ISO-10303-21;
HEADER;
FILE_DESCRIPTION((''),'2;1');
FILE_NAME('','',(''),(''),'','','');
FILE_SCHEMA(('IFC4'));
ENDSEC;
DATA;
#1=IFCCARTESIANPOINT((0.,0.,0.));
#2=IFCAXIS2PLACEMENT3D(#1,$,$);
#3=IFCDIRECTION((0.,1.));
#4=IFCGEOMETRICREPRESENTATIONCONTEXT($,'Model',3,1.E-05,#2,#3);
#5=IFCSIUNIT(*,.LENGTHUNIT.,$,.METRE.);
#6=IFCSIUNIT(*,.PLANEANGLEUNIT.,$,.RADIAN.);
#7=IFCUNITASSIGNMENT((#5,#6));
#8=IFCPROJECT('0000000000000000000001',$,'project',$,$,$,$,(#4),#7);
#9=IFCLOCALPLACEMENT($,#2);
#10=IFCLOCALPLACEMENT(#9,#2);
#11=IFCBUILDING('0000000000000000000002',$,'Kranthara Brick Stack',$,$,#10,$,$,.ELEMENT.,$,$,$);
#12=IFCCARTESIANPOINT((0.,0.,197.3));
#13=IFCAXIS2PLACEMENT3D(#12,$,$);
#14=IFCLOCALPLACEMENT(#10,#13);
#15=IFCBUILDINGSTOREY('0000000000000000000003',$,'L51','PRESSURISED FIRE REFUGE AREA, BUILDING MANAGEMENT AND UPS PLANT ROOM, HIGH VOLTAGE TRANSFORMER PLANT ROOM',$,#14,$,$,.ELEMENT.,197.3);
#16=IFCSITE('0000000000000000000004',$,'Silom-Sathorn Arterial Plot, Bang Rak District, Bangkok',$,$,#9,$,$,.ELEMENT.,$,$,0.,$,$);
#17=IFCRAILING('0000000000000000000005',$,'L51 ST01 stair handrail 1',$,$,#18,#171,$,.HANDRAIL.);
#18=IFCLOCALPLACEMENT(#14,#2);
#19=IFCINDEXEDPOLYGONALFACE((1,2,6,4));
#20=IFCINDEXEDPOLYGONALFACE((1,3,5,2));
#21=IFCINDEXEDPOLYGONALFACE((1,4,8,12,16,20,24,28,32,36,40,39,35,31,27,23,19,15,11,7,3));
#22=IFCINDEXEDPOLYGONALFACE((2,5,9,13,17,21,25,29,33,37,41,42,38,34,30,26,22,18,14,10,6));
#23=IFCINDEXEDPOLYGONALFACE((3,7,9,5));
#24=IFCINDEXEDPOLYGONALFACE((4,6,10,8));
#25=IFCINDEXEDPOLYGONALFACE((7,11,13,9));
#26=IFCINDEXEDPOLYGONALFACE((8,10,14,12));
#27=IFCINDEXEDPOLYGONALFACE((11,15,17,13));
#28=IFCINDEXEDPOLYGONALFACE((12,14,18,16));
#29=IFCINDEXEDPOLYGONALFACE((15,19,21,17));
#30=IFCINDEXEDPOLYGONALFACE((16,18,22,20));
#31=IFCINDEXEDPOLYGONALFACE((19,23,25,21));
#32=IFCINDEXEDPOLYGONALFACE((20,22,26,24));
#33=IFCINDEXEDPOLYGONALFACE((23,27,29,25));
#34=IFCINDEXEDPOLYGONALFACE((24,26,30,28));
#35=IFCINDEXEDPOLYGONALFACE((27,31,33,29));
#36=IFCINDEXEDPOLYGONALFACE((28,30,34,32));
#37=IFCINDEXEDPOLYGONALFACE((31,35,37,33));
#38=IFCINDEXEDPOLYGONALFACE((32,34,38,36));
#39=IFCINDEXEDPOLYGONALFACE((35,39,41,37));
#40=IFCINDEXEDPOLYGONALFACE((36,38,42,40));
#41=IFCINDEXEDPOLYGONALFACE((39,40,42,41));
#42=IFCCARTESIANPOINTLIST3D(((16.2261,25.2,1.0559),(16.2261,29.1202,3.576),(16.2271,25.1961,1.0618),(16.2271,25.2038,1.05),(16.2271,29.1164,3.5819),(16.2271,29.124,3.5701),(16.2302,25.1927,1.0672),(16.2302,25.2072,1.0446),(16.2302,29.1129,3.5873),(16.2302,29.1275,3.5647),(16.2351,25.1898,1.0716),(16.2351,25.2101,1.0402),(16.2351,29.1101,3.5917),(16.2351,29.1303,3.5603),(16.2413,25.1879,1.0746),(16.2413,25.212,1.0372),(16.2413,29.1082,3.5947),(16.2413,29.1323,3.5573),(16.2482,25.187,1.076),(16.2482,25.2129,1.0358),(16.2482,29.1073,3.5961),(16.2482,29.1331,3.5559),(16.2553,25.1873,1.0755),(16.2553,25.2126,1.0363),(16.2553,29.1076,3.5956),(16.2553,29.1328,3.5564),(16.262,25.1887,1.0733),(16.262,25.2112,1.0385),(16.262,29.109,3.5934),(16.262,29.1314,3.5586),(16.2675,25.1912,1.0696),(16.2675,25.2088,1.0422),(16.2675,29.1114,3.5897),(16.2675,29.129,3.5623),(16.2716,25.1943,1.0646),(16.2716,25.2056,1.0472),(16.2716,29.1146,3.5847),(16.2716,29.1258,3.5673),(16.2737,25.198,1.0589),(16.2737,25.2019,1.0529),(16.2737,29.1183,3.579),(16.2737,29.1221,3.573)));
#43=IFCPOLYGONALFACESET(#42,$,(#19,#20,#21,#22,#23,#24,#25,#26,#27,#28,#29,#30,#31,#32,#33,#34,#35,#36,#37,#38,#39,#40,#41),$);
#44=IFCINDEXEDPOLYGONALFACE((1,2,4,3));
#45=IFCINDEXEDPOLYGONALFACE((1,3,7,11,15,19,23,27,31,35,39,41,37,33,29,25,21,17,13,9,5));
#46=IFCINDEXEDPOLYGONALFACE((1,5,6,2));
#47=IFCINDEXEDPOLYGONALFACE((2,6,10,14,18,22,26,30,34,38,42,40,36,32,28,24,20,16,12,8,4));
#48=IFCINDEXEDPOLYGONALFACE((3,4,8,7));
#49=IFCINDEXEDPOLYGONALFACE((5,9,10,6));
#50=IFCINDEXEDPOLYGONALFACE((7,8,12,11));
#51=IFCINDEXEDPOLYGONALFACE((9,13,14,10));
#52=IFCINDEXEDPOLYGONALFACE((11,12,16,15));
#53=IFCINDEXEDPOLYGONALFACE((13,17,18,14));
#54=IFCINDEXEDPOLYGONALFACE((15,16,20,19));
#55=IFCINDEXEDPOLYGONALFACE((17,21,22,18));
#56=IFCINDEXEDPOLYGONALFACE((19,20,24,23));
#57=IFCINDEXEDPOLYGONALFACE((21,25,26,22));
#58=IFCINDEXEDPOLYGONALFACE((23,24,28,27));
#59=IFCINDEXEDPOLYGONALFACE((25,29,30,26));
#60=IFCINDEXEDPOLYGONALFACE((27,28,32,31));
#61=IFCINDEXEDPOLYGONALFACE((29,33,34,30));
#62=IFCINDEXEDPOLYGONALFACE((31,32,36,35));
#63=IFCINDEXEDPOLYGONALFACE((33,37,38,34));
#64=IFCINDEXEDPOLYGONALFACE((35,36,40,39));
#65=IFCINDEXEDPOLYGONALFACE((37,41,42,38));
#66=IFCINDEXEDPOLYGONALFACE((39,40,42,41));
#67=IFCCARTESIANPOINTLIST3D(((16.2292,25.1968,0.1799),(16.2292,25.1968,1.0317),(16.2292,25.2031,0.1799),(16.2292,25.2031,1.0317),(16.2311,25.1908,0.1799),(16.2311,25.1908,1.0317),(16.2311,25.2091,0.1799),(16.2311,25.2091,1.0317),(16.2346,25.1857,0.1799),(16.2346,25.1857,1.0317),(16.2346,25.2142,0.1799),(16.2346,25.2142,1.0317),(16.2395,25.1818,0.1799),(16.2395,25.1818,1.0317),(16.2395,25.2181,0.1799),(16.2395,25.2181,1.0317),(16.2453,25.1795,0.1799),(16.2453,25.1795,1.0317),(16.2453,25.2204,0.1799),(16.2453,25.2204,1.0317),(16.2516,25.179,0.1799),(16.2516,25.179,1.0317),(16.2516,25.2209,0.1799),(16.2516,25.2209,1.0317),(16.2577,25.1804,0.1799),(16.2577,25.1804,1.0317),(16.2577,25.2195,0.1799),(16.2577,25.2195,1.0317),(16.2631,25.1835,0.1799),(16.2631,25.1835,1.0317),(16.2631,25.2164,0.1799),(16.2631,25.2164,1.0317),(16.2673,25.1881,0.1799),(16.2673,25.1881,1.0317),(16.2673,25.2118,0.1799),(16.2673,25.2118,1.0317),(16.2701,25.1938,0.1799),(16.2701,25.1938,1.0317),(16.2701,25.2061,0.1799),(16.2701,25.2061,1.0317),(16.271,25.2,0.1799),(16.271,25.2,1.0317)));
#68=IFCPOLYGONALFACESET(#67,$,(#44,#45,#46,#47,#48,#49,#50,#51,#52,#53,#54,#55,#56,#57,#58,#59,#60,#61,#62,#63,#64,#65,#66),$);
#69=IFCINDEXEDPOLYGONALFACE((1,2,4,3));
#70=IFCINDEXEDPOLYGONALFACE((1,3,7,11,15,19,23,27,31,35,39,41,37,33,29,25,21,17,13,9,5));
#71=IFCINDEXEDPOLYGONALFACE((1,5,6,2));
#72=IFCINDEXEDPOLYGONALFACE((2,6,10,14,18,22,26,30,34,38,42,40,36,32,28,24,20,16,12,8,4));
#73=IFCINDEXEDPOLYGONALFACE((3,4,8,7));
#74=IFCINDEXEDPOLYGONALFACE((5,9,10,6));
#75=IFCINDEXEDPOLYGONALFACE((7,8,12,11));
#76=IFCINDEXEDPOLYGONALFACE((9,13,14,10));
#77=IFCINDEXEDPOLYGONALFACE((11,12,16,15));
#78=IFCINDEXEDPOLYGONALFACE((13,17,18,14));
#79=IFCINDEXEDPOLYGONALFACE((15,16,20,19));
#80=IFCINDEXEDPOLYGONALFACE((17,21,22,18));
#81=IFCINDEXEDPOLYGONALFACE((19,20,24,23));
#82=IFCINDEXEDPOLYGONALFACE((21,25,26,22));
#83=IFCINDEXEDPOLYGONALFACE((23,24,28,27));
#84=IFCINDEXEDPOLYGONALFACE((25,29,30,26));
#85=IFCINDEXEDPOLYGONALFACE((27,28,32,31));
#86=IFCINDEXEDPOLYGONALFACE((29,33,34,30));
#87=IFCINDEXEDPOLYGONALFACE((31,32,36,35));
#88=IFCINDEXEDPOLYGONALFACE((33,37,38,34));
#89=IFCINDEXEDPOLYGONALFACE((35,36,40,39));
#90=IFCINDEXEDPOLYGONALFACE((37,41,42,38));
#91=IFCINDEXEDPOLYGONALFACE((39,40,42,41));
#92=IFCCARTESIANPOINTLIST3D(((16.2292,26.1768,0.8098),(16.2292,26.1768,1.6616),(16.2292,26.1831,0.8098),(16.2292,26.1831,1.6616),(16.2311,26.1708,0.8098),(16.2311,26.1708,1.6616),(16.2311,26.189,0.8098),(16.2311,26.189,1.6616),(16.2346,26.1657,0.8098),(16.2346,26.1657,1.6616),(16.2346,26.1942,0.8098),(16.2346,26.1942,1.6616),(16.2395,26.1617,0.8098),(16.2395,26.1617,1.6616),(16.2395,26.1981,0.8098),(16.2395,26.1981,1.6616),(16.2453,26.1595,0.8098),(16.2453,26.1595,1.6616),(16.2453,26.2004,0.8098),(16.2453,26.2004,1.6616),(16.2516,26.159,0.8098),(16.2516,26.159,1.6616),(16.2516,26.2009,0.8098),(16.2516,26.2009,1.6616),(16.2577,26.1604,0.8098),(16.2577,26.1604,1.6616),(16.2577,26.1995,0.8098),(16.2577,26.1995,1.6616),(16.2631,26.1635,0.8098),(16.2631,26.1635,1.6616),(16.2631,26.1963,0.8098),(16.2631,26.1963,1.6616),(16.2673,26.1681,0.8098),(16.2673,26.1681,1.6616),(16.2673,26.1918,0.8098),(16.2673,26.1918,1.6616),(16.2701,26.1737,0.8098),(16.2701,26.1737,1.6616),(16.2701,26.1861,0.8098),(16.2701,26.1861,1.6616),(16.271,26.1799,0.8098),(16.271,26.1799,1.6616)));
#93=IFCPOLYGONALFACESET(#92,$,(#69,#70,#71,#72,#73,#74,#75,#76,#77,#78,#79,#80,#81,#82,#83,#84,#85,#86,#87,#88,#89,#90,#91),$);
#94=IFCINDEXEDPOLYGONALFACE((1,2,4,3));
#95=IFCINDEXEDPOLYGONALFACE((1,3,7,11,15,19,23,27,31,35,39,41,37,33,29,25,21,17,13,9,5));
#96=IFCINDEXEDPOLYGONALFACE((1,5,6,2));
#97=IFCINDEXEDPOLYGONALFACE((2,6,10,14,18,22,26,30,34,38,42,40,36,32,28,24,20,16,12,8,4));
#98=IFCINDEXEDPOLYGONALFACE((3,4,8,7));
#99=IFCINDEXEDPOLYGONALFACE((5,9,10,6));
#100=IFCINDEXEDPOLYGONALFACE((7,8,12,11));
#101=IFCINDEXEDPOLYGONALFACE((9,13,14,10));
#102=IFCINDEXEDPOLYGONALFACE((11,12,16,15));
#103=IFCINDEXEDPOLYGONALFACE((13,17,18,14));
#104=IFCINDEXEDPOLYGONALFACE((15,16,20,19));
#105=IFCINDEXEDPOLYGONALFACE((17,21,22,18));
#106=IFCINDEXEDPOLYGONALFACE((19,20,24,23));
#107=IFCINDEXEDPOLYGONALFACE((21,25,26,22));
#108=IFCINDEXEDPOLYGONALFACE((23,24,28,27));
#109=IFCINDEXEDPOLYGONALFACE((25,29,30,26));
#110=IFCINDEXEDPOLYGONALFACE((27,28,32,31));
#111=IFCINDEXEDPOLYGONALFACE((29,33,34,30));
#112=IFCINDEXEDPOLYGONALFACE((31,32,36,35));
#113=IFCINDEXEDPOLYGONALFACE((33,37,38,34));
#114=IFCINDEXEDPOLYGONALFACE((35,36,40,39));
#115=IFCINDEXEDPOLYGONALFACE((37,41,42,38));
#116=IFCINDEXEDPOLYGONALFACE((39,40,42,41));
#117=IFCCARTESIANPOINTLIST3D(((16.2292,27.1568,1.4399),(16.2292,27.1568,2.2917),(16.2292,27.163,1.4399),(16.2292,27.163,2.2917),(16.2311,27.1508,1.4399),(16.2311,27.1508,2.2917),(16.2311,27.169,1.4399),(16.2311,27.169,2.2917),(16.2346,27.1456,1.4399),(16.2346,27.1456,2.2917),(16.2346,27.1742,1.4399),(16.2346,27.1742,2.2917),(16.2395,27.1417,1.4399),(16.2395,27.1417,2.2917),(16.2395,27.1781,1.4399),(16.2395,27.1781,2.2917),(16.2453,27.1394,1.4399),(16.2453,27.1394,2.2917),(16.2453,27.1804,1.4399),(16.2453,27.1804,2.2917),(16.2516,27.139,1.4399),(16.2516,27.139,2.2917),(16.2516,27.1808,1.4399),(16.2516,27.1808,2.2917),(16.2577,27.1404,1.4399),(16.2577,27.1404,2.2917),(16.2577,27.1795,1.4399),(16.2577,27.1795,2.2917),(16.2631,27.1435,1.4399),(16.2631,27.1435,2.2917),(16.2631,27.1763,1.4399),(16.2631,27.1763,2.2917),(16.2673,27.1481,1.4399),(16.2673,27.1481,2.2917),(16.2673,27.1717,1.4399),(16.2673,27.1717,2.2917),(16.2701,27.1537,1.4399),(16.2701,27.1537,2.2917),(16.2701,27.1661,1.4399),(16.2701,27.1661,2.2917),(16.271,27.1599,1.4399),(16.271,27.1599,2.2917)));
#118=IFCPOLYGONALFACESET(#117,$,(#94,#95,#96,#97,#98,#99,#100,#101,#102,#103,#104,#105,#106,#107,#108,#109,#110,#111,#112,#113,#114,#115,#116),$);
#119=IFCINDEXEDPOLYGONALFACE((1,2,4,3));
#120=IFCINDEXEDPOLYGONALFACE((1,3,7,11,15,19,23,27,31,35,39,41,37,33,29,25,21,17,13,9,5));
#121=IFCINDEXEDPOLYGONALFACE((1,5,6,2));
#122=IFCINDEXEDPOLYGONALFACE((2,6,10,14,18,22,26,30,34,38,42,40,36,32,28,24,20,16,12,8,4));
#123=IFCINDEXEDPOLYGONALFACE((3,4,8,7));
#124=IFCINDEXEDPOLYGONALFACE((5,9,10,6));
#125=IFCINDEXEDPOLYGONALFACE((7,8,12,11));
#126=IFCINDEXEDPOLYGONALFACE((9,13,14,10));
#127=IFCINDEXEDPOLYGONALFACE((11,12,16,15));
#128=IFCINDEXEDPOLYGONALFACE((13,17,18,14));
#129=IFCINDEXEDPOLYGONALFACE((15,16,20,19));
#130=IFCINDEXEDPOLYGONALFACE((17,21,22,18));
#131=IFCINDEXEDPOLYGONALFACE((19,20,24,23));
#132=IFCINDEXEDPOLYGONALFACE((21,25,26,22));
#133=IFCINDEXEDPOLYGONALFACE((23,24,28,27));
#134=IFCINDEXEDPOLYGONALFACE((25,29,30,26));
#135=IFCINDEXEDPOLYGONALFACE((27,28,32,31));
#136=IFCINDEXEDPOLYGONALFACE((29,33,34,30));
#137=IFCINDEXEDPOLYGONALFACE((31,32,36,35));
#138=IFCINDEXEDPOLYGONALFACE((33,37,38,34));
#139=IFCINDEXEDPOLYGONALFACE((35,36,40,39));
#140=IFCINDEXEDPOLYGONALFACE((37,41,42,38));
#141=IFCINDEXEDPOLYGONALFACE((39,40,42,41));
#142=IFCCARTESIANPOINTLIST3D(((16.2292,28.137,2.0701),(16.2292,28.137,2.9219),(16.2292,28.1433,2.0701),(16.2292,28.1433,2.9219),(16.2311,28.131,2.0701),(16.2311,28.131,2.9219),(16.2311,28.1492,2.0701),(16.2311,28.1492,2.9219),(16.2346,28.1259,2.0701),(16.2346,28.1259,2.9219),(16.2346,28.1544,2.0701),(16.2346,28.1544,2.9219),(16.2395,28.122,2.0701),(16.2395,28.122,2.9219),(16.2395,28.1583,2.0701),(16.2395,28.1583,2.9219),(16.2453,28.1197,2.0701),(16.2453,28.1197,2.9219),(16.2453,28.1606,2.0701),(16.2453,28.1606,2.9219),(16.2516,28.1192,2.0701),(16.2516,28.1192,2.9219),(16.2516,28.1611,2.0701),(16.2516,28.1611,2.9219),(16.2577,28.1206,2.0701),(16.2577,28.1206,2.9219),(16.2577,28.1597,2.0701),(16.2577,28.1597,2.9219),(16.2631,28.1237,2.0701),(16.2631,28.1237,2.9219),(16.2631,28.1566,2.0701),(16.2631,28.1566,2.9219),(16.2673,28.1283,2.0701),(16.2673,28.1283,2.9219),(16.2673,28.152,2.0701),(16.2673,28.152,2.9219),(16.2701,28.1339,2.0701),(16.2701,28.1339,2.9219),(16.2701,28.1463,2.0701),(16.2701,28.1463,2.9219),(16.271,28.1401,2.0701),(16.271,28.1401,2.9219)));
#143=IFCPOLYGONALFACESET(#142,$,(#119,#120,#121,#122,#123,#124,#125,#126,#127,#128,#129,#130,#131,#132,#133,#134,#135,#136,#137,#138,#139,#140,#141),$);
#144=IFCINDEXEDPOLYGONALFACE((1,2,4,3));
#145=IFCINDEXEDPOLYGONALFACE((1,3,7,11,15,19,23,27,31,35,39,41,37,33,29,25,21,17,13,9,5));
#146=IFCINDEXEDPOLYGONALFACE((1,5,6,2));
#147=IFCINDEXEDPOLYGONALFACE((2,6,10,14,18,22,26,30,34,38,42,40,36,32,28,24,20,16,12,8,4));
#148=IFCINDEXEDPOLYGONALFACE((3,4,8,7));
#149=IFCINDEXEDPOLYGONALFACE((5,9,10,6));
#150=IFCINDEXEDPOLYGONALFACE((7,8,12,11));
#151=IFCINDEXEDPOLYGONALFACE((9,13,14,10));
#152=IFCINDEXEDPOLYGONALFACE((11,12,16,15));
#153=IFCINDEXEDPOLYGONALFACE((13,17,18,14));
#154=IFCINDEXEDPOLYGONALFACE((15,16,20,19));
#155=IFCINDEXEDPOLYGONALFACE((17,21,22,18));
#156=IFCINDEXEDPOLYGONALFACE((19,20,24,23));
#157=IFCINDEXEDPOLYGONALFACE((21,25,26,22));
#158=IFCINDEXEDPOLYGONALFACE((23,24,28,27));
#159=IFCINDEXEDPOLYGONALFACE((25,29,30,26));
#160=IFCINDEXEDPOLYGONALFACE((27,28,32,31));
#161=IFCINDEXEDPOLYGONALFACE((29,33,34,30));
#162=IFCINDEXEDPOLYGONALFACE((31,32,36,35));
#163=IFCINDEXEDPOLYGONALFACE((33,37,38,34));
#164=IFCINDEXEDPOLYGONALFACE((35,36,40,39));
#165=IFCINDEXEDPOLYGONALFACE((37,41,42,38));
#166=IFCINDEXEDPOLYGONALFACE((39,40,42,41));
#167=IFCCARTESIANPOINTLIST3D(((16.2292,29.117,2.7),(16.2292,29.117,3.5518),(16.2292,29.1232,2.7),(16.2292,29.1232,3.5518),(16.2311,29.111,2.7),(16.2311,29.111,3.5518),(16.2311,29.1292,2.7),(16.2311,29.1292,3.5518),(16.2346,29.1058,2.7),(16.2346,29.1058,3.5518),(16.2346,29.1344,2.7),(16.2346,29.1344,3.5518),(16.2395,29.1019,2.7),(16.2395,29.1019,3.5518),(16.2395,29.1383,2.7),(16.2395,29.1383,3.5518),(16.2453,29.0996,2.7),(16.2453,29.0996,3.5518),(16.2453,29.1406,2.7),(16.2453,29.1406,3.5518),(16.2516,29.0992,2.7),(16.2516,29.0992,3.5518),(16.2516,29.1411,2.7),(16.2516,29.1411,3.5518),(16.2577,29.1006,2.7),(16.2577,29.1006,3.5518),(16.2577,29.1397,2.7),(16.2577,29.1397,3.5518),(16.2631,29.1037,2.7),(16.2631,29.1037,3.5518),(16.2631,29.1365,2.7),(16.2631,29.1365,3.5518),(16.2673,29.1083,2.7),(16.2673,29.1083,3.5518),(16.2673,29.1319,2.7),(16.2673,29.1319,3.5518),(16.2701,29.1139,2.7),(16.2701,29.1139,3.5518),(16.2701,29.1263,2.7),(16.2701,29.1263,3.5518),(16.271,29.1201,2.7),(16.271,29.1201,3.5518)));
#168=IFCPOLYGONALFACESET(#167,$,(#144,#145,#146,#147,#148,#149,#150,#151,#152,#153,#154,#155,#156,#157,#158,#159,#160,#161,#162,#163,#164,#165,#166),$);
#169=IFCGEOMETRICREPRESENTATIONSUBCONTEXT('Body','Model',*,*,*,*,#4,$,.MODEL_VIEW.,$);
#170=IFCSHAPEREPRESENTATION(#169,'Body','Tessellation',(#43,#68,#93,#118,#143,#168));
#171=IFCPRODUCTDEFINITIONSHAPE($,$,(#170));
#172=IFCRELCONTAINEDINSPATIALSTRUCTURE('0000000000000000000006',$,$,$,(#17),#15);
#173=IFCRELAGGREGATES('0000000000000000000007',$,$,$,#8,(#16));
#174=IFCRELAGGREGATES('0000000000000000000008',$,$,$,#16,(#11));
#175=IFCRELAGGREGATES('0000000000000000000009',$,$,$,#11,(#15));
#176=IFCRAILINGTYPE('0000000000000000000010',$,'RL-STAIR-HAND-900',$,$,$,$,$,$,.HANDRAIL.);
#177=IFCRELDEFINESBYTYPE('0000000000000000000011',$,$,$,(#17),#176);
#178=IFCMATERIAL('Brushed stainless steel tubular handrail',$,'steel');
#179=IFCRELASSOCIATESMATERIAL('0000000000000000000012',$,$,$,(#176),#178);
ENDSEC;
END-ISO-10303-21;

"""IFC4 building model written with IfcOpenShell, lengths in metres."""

from ifc_helpers import new_model, si_unit, direction, frame, origin, origin_2d, place, context, subcontext, project, spatial, circle, extrude, material, type_object, element, save


model = new_model("IFC4")

# Units and contexts
model_context = context("Model", 3, precision=1e-05, world=origin(), true_north=direction((0.0, 1.0)))
body_context = subcontext(model_context, "Body", "Model", "MODEL_VIEW")
ifc_project = project(units=[si_unit("LENGTHUNIT", "METRE"), si_unit("PLANEANGLEUNIT", "RADIAN")], contexts=[model_context])

# Site, building, storey
site_placement = place(None, origin())
site = spatial("IfcSite", under=ifc_project, at=site_placement, Name="Silom-Sathorn Arterial Plot, Bang Rak District, Bangkok", CompositionType="ELEMENT", RefElevation=0.0)
building_placement = place(site_placement, origin())
building = spatial("IfcBuilding", under=site, at=building_placement, Name="Kranthara Brick Stack", CompositionType="ELEMENT")
storey_placement = place(building_placement, frame((0.0, 0.0, 197.3)))
storey = spatial("IfcBuildingStorey", under=building, at=storey_placement, Name="L51", Description="PRESSURISED FIRE REFUGE AREA, BUILDING MANAGEMENT AND UPS PLANT ROOM, HIGH VOLTAGE TRANSFORMER PLANT ROOM", CompositionType="ELEMENT", Elevation=197.3)

# Railing
ifc_material_1 = material(Name="Brushed stainless steel tubular handrail", Category="steel")
railing_type_1 = type_object("IfcRailingType", Name="RL-STAIR-HAND-900", PredefinedType="HANDRAIL", material=ifc_material_1)
railing_1_placement = place(storey_placement, frame((16.25, 25.2, 0.1799)))
element("IfcRailing", 1, at=railing_1_placement, inside=storey, type_object=railing_type_1, Name="L51 ST01 stair handrail 1", PredefinedType="HANDRAIL", context=body_context, shape_type="SweptSolid", body=[
    extrude(circle(Radius=0.0239, at=origin_2d()), frame((0.0, 0.0, 0.876), z_axis=(0.0, 0.841187, 0.540744), x_axis=(-1.0, 0.0, 0.0)), (0.0, 0.0, 1.0), 4.6604),
    extrude(circle(Radius=0.021, at=origin_2d()), origin(), (0.0, 0.0, 1.0), 0.8518),
    extrude(circle(Radius=0.021, at=origin_2d()), frame((0.0, 0.98, 0.6299)), (0.0, 0.0, 1.0), 0.8518),
    extrude(circle(Radius=0.021, at=origin_2d()), frame((0.0, 1.96, 1.26)), (0.0, 0.0, 1.0), 0.8518),
    extrude(circle(Radius=0.021, at=origin_2d()), frame((0.0, 2.9402, 1.8901)), (0.0, 0.0, 1.0), 0.8518),
    extrude(circle(Radius=0.021, at=origin_2d()), frame((0.0, 3.9202, 2.52)), (0.0, 0.0, 1.0), 0.8518),
])

save(model, "model.ifc")
